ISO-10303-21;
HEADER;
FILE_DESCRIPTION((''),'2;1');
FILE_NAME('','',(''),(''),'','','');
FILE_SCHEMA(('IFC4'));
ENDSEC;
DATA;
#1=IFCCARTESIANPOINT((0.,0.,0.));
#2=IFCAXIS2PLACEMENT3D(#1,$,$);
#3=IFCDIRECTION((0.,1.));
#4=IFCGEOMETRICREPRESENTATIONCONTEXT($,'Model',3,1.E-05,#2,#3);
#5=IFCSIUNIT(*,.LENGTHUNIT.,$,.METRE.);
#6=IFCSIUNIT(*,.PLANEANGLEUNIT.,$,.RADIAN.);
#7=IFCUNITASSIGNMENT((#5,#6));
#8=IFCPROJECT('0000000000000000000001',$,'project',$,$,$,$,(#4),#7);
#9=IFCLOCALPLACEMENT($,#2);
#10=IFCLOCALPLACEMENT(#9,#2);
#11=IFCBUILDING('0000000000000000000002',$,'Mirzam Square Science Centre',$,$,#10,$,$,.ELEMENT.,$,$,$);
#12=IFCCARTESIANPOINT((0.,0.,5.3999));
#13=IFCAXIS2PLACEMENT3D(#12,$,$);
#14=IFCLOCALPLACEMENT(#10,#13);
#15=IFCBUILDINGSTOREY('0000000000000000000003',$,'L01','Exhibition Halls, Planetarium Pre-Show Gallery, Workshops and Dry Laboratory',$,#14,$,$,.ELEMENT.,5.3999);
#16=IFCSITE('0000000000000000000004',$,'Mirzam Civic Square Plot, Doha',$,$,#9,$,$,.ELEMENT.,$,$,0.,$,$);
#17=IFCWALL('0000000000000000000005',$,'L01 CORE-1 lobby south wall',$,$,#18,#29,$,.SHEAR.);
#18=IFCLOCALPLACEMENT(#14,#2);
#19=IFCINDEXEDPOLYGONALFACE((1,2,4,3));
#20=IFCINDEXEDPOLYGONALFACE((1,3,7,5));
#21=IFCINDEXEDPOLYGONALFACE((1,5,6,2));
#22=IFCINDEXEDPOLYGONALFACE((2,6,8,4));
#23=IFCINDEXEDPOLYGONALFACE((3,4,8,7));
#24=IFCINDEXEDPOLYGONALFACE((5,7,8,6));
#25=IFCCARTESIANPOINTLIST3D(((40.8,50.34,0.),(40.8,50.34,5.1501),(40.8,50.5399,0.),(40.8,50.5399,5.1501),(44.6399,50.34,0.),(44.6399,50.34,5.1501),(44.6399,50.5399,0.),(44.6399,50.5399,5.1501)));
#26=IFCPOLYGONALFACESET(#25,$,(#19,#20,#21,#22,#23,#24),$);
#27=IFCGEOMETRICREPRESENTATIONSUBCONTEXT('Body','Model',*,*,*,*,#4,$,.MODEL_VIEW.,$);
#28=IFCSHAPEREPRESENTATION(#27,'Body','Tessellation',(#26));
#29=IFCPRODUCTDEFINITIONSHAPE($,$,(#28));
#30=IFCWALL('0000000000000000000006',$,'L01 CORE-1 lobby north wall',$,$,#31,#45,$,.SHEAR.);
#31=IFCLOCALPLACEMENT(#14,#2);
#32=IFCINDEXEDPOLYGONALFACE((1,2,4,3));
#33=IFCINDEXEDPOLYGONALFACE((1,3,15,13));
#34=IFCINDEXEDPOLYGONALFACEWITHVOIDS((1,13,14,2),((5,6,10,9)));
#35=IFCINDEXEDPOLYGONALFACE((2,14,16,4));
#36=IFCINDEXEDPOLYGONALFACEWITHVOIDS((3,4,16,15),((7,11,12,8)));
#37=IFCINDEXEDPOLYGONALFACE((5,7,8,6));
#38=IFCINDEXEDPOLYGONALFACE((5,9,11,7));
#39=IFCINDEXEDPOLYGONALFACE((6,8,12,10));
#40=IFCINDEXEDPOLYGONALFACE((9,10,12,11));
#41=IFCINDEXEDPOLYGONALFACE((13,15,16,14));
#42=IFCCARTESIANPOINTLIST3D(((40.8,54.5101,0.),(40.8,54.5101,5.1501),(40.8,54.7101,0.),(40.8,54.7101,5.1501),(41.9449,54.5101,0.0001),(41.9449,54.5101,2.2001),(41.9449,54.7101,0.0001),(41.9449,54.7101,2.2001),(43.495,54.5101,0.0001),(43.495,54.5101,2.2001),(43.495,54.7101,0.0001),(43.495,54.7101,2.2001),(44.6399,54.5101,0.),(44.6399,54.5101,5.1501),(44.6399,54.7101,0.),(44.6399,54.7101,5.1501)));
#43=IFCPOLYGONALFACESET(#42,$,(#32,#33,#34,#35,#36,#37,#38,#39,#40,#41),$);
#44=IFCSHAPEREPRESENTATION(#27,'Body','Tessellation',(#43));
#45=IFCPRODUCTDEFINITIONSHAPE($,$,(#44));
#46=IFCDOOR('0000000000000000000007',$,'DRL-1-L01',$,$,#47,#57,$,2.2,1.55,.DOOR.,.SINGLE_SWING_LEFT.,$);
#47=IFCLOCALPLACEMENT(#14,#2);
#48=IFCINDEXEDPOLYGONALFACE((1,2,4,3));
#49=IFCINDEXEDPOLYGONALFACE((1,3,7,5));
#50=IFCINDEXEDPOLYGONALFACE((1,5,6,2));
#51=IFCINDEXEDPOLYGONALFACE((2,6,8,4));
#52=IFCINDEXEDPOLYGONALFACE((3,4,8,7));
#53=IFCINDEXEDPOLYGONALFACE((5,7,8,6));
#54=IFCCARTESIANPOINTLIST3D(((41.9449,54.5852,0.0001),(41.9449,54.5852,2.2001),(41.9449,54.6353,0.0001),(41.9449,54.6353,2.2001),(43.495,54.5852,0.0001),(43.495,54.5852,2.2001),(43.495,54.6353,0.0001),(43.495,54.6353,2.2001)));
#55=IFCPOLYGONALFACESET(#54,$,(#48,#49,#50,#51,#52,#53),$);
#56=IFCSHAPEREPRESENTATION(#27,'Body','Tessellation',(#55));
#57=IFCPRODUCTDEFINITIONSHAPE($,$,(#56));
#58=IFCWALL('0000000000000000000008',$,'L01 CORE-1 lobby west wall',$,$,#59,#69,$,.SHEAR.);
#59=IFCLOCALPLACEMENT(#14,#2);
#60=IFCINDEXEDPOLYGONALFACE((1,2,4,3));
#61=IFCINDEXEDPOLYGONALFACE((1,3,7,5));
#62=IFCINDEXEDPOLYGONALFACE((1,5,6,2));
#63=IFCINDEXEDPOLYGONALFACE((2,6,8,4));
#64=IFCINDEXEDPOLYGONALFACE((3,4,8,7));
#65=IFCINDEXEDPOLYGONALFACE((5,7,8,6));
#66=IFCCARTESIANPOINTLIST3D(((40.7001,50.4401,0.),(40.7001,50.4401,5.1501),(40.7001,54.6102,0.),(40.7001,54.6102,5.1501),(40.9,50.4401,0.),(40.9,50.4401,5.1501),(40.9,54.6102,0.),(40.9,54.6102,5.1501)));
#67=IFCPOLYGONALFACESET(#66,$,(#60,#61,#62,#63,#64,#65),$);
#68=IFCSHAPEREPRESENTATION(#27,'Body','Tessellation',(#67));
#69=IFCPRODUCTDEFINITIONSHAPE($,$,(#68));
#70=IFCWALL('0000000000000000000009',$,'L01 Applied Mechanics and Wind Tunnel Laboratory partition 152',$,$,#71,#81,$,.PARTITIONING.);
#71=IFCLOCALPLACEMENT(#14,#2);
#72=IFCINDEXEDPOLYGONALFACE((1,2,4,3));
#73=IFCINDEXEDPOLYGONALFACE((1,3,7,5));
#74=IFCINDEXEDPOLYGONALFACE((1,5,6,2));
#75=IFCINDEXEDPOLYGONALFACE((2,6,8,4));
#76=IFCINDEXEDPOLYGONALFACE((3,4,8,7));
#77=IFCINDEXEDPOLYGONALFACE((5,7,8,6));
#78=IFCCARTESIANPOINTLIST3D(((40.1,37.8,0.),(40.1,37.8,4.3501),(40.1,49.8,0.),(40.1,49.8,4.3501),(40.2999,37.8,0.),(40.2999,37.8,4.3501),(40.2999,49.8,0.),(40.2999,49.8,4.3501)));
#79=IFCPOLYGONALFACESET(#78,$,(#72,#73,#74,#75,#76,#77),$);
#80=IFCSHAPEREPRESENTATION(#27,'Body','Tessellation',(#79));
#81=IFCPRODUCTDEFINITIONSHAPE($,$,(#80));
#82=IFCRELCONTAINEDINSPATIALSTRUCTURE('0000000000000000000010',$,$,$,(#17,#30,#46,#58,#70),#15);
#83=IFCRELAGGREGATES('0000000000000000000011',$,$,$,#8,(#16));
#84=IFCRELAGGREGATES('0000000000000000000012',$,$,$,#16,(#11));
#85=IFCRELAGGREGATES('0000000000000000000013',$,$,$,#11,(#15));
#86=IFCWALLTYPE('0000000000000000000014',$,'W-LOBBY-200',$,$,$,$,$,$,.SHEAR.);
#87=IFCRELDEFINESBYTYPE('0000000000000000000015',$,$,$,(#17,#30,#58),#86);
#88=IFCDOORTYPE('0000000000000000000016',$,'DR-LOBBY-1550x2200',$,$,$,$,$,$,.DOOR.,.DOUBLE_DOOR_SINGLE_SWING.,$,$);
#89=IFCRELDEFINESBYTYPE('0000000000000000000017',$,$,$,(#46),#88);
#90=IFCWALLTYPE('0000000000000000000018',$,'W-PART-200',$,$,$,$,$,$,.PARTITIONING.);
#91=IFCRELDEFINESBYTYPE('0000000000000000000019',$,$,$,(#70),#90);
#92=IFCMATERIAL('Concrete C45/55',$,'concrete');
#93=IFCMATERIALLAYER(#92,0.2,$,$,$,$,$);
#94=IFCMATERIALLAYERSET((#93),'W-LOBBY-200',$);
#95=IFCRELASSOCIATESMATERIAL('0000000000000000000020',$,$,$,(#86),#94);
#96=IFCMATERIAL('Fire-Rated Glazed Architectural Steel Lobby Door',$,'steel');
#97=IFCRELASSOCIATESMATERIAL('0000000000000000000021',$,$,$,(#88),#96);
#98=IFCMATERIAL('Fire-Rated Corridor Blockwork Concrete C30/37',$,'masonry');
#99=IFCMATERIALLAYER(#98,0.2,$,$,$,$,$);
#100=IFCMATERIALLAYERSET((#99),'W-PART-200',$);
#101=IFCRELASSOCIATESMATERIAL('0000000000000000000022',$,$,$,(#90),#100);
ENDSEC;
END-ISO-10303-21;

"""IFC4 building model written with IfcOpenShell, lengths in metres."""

from ifc_helpers import new_model, si_unit, direction, frame, frame_2d, origin, place, context, subcontext, project, spatial, rectangle, extrude, material, layer, layer_set, type_object, element, fill, save


model = new_model("IFC4")

# Units and contexts
model_context = context("Model", 3, precision=1e-05, world=origin(), true_north=direction((0.0, 1.0)))
body_context = subcontext(model_context, "Body", "Model", "MODEL_VIEW")
ifc_project = project(units=[si_unit("LENGTHUNIT", "METRE"), si_unit("PLANEANGLEUNIT", "RADIAN")], contexts=[model_context])

# Site, building, storey
site_placement = place(None, origin())
site = spatial("IfcSite", under=ifc_project, at=site_placement, Name="Mirzam Civic Square Plot, Doha", CompositionType="ELEMENT", RefElevation=0.0)
building_placement = place(site_placement, origin())
building = spatial("IfcBuilding", under=site, at=building_placement, Name="Mirzam Square Science Centre", CompositionType="ELEMENT")
storey_placement = place(building_placement, frame((0.0, 0.0, 5.3999)))
storey = spatial("IfcBuildingStorey", under=building, at=storey_placement, Name="L01", Description="Exhibition Halls, Planetarium Pre-Show Gallery, Workshops and Dry Laboratory", CompositionType="ELEMENT", Elevation=5.3999)

# Shared definitions
ifc_material_1 = material(Name="Concrete C45/55", Category="concrete")

# Wall
ifc_layer_1 = layer(ifc_material_1, 0.2)
ifc_layer_set_1 = layer_set([ifc_layer_1], Name="W-LOBBY-200")
wall_type_1 = type_object("IfcWallType", Name="W-LOBBY-200", PredefinedType="SHEAR", material=ifc_layer_set_1)
wall_1_placement = place(storey_placement, frame((40.8, 50.4399, 0.0), z_axis=(0.0, 0.0, 1.0), x_axis=(1.0, 0.0, 0.0)))
element("IfcWall", 1, at=wall_1_placement, inside=storey, type_object=wall_type_1, Name="L01 CORE-1 lobby south wall", PredefinedType="SHEAR", context=body_context, shape_type="SweptSolid", body=[
    extrude(rectangle(XDim=3.8398, YDim=0.2, at=frame_2d((1.9199, 0.0))), origin(), (0.0, 0.0, 1.0), 5.1501),
])

# Wall, opening, door
wall_2_placement = place(storey_placement, frame((44.6399, 54.6101, 0.0), z_axis=(0.0, 0.0, 1.0), x_axis=(-1.0, 0.0, 0.0)))
wall_2 = element("IfcWall", 2, at=wall_2_placement, inside=storey, type_object=wall_type_1, Name="L01 CORE-1 lobby north wall", PredefinedType="SHEAR", context=body_context, shape_type="SweptSolid", body=[
    extrude(rectangle(XDim=3.8398, YDim=0.2, at=frame_2d((1.9199, 0.0))), origin(), (0.0, 0.0, 1.0), 5.1501),
])
opening_1_placement = place(wall_2_placement, frame((1.145, 0.0, 0.0)))
opening_1 = element("IfcOpeningElement", 3, at=opening_1_placement, cuts=wall_2, PredefinedType="OPENING", context=body_context, shape_type="SweptSolid", body=[
    extrude(rectangle(XDim=1.55, YDim=2.2, at=frame_2d((0.7749, 1.1001))), frame((0.0, 0.1099, 0.0), z_axis=(0.0, -1.0, 0.0), x_axis=(1.0, 0.0, 0.0)), (0.0, 0.0, 1.0), 0.22),
])
ifc_material_2 = material(Name="Fire-Rated Glazed Architectural Steel Lobby Door", Category="steel")
door_type_1 = type_object("IfcDoorType", Name="DR-LOBBY-1550x2200", OperationType="DOUBLE_DOOR_SINGLE_SWING", PredefinedType="DOOR", material=ifc_material_2)
door_1_placement = place(opening_1_placement, origin())
door_1 = element("IfcDoor", 4, at=door_1_placement, inside=storey, type_object=door_type_1, Name="DRL-1-L01", OperationType="SINGLE_SWING_LEFT", OverallHeight=2.2, OverallWidth=1.55, PredefinedType="DOOR", context=body_context, shape_type="SweptSolid", body=[
    extrude(rectangle(XDim=1.55, YDim=2.2, at=frame_2d((0.7749, 1.1001))), frame((0.0, 0.0249, 0.0), z_axis=(0.0, -1.0, 0.0), x_axis=(1.0, 0.0, 0.0)), (0.0, 0.0, 1.0), 0.05),
])
fill(opening_1, door_1)

# Walls
wall_3_placement = place(storey_placement, frame((40.8, 54.6101, 0.0), z_axis=(0.0, 0.0, 1.0), x_axis=(0.0, -1.0, 0.0)))
element("IfcWall", 5, at=wall_3_placement, inside=storey, type_object=wall_type_1, Name="L01 CORE-1 lobby west wall", PredefinedType="SHEAR", context=body_context, shape_type="SweptSolid", body=[
    extrude(rectangle(XDim=4.1702, YDim=0.2, at=frame_2d((2.085, 0.0))), origin(), (0.0, 0.0, 1.0), 5.1501),
])
ifc_material_3 = material(Name="Fire-Rated Corridor Blockwork Concrete C30/37", Category="masonry")
ifc_layer_2 = layer(ifc_material_3, 0.2)
ifc_layer_set_2 = layer_set([ifc_layer_2], Name="W-PART-200")
wall_type_2 = type_object("IfcWallType", Name="W-PART-200", PredefinedType="PARTITIONING", material=ifc_layer_set_2)
wall_4_placement = place(storey_placement, frame((40.2, 49.8, 0.0), z_axis=(0.0, 0.0, 1.0), x_axis=(0.0, -1.0, 0.0)))
element("IfcWall", 6, at=wall_4_placement, inside=storey, type_object=wall_type_2, Name="L01 Applied Mechanics and Wind Tunnel Laboratory partition 152", PredefinedType="PARTITIONING", context=body_context, shape_type="SweptSolid", body=[
    extrude(rectangle(XDim=12.0, YDim=0.2, at=frame_2d((6.0, 0.0))), origin(), (0.0, 0.0, 1.0), 4.3501),
])

save(model, "model.ifc")
